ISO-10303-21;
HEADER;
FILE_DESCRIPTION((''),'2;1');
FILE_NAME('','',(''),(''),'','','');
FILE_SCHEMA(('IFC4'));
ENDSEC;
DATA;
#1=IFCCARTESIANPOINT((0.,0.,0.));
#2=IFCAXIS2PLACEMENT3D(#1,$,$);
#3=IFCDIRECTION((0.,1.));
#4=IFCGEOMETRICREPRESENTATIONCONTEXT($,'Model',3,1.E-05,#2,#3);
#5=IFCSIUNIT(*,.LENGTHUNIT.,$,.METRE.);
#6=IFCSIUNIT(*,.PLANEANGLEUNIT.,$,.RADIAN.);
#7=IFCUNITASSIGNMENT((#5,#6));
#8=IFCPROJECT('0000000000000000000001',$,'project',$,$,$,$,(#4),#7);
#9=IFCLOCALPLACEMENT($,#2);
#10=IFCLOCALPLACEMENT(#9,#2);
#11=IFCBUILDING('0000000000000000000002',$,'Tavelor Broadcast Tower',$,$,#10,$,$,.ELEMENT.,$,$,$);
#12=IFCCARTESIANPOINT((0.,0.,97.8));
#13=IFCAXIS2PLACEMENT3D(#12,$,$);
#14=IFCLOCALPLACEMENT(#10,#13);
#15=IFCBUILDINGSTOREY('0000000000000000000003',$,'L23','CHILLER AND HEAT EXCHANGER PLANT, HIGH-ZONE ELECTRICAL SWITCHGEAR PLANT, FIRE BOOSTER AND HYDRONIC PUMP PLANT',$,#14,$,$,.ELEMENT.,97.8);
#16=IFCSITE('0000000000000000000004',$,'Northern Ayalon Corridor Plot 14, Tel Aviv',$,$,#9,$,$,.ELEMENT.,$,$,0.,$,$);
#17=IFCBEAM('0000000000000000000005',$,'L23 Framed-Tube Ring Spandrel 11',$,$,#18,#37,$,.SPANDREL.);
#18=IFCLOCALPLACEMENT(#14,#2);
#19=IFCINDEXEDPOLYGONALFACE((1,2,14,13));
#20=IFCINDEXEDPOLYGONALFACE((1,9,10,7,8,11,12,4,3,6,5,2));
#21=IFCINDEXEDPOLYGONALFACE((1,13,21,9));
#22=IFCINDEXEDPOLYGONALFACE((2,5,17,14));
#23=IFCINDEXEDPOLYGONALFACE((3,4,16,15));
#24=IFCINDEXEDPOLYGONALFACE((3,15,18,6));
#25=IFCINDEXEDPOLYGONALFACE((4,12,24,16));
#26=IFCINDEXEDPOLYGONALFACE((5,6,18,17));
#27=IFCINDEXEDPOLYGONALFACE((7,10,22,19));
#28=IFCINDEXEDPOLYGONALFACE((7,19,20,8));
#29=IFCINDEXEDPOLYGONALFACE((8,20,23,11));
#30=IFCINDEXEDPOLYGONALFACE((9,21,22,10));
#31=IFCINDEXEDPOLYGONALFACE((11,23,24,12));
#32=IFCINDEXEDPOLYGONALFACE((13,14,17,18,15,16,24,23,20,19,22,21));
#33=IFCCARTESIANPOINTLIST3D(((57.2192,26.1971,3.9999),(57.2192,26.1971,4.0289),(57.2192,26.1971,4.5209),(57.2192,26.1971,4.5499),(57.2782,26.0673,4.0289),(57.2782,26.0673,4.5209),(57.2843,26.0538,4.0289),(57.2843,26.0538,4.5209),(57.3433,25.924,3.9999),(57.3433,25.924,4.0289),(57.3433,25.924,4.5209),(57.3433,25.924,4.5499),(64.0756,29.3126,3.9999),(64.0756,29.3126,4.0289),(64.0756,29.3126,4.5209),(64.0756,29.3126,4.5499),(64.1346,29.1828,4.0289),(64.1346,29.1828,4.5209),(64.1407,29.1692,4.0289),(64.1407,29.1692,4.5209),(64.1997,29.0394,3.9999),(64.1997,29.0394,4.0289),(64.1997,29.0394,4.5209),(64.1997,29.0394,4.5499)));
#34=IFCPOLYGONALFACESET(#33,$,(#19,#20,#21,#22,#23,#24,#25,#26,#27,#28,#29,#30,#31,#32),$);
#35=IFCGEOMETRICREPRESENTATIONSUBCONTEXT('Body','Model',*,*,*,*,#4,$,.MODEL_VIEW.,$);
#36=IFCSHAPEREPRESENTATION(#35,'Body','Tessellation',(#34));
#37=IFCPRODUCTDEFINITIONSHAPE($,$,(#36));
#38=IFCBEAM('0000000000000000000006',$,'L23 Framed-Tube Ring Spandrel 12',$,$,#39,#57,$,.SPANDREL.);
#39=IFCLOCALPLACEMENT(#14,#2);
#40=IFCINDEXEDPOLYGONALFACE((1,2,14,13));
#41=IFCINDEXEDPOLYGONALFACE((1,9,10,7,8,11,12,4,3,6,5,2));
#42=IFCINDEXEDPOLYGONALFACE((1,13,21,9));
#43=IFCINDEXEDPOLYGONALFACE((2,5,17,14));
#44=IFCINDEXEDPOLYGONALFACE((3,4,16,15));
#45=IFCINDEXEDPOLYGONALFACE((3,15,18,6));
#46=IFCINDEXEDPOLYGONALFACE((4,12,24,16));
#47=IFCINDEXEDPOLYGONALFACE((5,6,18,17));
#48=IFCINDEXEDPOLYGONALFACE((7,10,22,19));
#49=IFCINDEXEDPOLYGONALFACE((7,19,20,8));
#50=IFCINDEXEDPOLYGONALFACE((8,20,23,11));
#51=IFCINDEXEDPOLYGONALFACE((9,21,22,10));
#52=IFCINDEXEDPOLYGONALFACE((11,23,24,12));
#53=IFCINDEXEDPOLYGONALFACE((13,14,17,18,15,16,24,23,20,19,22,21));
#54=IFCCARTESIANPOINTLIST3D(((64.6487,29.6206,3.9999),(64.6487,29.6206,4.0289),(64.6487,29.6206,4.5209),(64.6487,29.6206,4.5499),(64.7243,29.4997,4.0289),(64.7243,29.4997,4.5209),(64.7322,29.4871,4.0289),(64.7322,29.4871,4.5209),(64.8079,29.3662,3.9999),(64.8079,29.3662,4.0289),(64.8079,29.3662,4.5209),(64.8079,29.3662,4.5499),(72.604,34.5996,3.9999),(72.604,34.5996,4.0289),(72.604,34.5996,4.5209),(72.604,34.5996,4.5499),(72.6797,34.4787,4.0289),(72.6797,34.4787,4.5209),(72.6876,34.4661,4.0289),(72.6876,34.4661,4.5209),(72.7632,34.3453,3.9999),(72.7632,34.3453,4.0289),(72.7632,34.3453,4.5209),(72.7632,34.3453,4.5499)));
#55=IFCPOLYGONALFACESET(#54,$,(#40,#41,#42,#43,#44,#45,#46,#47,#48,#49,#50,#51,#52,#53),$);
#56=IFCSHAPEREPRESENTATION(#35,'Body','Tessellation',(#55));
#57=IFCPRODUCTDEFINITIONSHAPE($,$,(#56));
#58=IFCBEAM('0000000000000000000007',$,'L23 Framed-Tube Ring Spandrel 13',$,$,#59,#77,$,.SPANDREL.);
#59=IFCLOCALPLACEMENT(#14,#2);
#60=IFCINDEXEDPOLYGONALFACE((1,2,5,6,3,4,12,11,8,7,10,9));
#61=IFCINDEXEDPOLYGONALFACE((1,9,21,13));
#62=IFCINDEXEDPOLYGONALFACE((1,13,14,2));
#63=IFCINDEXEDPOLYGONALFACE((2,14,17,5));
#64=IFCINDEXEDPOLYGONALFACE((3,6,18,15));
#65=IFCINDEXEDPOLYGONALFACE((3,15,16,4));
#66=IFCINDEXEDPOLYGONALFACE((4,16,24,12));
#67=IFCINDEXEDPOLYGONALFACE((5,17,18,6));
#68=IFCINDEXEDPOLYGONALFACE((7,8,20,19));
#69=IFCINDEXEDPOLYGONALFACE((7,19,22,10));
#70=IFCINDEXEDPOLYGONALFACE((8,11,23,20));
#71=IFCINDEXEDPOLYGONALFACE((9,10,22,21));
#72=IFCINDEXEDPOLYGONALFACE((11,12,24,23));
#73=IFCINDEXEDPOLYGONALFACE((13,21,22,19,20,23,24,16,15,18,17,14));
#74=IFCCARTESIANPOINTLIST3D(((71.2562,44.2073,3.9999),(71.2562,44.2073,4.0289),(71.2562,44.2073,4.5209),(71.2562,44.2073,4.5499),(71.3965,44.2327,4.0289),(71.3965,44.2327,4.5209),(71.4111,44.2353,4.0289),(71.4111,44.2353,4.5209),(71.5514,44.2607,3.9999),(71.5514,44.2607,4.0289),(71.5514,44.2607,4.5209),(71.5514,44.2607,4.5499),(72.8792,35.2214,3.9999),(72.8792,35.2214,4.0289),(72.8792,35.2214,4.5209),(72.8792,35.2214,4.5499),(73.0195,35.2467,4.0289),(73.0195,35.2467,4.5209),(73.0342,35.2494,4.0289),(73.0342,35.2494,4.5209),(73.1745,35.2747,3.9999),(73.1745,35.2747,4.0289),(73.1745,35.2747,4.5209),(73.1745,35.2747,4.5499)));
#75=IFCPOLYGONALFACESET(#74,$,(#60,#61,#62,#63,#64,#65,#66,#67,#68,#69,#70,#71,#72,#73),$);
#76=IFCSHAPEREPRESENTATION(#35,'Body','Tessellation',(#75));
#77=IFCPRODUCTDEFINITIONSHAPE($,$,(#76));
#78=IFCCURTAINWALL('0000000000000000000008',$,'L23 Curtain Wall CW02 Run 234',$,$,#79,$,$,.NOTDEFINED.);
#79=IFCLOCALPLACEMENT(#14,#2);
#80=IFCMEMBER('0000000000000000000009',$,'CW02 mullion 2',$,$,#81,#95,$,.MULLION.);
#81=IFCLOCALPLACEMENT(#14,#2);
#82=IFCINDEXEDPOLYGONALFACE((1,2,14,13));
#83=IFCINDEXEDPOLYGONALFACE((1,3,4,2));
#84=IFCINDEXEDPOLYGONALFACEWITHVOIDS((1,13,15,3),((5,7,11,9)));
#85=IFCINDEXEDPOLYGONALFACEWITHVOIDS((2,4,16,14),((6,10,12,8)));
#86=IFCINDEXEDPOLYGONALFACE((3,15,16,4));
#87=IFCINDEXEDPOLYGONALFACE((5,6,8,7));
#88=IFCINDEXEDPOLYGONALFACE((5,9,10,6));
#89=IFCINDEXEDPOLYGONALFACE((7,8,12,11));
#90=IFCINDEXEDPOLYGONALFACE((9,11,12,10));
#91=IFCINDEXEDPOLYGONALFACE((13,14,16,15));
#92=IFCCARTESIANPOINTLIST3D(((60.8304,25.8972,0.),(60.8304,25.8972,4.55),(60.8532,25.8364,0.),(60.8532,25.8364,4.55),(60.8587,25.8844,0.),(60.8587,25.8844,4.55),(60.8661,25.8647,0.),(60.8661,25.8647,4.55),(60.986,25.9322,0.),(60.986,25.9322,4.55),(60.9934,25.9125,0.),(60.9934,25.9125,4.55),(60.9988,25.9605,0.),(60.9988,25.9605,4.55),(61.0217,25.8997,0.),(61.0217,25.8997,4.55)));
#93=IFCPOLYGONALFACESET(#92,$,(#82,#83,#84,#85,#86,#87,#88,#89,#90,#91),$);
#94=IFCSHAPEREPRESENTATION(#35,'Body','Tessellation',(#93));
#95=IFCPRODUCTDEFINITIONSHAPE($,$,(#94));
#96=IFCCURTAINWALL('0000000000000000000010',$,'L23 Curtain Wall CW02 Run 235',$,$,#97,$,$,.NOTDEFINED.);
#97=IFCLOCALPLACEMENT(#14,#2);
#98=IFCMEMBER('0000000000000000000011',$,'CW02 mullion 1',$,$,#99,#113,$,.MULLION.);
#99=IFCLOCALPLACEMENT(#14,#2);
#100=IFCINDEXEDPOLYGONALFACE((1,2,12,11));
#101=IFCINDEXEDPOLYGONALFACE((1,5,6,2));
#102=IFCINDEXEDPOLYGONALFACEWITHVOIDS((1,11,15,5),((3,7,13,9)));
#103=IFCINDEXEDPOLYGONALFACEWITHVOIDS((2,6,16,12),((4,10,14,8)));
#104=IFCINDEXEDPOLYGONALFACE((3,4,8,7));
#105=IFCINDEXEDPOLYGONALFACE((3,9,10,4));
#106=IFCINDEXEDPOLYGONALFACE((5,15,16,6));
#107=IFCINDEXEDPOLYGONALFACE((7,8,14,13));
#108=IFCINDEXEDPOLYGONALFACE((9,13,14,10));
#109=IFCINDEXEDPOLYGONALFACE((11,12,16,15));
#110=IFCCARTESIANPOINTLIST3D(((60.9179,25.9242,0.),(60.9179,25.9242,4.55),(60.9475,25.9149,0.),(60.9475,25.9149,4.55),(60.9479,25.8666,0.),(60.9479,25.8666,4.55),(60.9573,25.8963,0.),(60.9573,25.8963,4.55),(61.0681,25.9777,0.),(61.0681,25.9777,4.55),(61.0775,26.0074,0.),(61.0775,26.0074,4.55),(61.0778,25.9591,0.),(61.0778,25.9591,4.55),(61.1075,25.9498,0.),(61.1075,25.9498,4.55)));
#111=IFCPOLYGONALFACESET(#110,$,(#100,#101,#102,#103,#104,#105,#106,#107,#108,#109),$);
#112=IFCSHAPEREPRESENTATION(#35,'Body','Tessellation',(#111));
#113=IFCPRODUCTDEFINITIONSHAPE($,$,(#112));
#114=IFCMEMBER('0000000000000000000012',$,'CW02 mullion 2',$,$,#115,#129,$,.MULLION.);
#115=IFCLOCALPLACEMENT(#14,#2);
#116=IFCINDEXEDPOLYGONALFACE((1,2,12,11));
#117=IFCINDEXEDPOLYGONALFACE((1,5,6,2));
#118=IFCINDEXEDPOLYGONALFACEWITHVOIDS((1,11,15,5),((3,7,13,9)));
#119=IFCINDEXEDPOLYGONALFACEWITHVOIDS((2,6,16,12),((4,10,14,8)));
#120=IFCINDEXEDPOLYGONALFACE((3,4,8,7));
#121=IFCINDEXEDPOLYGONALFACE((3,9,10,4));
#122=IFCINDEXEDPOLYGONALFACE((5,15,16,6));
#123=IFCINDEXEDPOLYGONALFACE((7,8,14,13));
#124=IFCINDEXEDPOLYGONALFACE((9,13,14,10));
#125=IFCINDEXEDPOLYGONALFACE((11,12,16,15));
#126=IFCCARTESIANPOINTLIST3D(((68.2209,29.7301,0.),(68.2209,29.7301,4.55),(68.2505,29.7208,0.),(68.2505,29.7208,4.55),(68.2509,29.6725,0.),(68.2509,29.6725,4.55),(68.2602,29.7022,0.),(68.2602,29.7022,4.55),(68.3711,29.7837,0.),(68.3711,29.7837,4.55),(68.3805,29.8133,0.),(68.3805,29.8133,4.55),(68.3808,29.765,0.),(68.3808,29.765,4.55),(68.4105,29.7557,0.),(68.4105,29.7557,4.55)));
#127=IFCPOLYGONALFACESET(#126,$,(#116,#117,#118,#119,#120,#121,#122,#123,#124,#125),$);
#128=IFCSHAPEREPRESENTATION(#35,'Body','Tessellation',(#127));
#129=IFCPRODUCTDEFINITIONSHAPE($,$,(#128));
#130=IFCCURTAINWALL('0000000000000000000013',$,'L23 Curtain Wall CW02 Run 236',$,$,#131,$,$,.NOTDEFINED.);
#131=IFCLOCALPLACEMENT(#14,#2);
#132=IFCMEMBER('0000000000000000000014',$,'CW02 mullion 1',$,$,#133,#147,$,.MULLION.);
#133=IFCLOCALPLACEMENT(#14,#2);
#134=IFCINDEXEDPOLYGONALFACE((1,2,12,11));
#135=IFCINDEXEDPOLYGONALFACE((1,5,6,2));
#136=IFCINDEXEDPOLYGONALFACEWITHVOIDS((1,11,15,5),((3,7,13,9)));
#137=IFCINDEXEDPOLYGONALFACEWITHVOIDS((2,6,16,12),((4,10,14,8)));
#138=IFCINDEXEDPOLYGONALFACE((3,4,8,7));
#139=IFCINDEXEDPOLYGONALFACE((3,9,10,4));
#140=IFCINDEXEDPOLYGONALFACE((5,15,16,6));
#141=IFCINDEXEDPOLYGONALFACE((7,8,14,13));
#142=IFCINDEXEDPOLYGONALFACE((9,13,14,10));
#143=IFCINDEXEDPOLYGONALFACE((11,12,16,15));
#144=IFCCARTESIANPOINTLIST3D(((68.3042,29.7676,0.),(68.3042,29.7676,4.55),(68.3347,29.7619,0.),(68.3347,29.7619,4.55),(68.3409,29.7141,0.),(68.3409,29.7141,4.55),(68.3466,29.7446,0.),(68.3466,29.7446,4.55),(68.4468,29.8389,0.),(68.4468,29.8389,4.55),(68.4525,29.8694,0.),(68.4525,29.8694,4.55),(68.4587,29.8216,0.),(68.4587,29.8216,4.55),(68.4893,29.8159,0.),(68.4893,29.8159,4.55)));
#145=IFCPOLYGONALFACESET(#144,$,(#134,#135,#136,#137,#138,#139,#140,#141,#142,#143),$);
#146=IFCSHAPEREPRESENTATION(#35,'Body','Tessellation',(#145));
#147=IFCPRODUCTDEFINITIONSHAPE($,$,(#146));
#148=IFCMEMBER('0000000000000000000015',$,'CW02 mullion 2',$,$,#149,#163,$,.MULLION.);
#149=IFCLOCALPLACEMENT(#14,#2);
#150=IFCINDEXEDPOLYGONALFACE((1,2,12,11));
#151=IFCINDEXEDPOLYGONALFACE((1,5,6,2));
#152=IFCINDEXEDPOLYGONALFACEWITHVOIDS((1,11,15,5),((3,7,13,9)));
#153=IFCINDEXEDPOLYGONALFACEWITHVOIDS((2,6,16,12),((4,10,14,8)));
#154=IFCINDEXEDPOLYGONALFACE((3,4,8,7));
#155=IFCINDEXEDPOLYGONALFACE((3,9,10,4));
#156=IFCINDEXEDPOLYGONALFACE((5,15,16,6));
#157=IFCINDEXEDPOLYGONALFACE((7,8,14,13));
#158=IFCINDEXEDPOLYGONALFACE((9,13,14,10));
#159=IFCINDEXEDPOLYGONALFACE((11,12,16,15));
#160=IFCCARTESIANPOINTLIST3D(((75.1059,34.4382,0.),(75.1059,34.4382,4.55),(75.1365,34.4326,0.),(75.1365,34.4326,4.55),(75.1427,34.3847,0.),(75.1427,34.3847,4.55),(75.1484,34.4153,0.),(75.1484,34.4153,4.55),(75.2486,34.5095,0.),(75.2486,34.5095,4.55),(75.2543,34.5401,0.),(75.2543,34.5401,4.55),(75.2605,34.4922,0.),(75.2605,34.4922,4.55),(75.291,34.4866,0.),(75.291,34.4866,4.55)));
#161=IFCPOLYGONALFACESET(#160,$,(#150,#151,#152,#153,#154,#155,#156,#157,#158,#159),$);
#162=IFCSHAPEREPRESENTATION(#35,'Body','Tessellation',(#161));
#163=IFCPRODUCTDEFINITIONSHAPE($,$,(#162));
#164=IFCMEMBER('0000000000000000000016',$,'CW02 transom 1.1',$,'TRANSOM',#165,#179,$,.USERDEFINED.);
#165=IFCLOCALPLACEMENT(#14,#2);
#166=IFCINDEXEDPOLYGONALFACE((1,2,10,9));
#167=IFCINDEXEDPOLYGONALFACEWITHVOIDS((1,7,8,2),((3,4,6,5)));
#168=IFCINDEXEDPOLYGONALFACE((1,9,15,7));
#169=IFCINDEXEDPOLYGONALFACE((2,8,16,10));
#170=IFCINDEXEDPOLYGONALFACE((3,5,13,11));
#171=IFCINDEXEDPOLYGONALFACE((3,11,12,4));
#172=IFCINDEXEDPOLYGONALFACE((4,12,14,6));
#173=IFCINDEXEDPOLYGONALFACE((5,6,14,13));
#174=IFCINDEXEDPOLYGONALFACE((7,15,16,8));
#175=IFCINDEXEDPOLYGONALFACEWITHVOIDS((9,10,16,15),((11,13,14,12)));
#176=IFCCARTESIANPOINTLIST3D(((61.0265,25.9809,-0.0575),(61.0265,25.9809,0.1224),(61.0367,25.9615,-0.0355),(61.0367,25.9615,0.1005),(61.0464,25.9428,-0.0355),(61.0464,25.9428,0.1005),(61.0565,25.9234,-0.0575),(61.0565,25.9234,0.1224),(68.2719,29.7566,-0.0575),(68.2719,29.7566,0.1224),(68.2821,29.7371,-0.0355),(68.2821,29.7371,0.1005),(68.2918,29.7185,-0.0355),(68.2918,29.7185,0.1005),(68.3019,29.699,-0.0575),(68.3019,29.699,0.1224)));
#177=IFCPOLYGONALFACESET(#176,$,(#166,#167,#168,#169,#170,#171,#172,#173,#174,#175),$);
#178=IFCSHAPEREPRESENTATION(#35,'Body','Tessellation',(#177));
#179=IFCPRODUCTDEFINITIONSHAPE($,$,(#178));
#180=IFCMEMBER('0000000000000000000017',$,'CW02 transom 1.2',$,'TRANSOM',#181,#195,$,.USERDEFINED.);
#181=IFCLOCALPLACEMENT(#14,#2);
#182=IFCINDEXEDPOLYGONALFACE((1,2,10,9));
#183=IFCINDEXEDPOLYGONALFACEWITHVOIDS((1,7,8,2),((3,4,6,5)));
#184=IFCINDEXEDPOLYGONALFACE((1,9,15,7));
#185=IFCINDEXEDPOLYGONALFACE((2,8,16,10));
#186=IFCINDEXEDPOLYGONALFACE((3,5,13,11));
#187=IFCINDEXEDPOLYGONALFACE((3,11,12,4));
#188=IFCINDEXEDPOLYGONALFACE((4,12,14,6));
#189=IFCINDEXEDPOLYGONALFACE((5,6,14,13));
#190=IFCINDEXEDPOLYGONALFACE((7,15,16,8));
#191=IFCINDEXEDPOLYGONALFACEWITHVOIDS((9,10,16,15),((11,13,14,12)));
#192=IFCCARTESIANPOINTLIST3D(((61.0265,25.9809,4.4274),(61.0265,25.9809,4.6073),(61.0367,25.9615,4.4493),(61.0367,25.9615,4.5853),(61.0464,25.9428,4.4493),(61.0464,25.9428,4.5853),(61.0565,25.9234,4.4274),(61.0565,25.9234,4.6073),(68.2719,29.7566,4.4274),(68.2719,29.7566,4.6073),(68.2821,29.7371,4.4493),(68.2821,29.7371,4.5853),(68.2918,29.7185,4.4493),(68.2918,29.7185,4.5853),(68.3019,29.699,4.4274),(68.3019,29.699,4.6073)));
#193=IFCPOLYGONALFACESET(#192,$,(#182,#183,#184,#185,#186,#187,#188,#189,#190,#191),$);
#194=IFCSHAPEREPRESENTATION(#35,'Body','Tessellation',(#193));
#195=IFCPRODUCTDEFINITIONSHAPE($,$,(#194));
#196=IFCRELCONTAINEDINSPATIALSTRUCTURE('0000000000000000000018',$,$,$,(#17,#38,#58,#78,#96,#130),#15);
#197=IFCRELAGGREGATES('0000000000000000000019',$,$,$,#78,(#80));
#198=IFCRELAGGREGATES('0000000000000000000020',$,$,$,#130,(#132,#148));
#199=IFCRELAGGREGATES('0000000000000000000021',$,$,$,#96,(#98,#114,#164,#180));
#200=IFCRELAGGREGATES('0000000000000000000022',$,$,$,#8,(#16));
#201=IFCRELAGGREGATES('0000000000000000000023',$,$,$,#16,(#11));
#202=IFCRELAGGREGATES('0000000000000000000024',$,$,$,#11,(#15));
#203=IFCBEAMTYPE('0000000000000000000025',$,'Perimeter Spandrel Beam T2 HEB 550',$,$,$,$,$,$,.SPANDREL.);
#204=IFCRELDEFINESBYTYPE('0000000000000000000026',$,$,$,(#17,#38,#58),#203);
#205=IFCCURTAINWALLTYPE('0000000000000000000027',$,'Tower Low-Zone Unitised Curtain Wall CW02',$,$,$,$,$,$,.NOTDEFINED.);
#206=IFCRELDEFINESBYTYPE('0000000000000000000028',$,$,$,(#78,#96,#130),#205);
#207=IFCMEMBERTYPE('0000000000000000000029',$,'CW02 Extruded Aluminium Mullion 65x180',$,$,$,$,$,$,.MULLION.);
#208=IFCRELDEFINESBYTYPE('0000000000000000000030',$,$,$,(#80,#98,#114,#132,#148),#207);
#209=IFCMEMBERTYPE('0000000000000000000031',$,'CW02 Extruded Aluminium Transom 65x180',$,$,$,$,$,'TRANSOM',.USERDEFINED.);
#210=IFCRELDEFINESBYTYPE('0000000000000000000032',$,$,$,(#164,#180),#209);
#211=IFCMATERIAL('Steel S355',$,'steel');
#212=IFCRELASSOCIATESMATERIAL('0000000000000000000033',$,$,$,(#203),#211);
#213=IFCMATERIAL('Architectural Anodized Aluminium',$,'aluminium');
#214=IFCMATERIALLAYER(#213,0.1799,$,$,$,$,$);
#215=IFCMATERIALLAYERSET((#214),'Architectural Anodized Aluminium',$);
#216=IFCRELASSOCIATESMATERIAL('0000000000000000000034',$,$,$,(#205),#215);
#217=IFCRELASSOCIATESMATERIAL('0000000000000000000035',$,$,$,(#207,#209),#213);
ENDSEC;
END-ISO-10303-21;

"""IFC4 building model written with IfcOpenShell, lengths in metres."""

from ifc_helpers import new_model, si_unit, direction, frame, origin, origin_2d, place, context, subcontext, project, spatial, hollow_rectangle, i_section, extrude, source, transform, mapped, material, layer, layer_set, material_profile, profile_set, type_object, type_shapes, element, aggregate, save


model = new_model("IFC4")

# Units and contexts
model_context = context("Model", 3, precision=1e-05, world=origin(), true_north=direction((0.0, 1.0)))
body_context = subcontext(model_context, "Body", "Model", "MODEL_VIEW")
ifc_project = project(units=[si_unit("LENGTHUNIT", "METRE"), si_unit("PLANEANGLEUNIT", "RADIAN")], contexts=[model_context])

# Site, building, storey
site_placement = place(None, origin())
site = spatial("IfcSite", under=ifc_project, at=site_placement, Name="Northern Ayalon Corridor Plot 14, Tel Aviv", CompositionType="ELEMENT", RefElevation=0.0)
building_placement = place(site_placement, origin())
building = spatial("IfcBuilding", under=site, at=building_placement, Name="Tavelor Broadcast Tower", CompositionType="ELEMENT")
storey_placement = place(building_placement, frame((0.0, 0.0, 97.8)))
storey = spatial("IfcBuildingStorey", under=building, at=storey_placement, Name="L23", Description="CHILLER AND HEAT EXCHANGER PLANT, HIGH-ZONE ELECTRICAL SWITCHGEAR PLANT, FIRE BOOSTER AND HYDRONIC PUMP PLANT", CompositionType="ELEMENT", Elevation=97.8)

# Beams
ifc_material_1 = material(Name="Steel S355", Category="steel")
ifc_material_profile_1 = material_profile(ifc_material_1, i_section(OverallWidth=0.3, OverallDepth=0.55, WebThickness=0.0149, FlangeThickness=0.0291, at=origin_2d()), Name="HEB 550")
ifc_profile_set_1 = profile_set([ifc_material_profile_1], Name="Steel S355")
beam_type_1 = type_object("IfcBeamType", Name="Perimeter Spandrel Beam T2 HEB 550", PredefinedType="SPANDREL", material=ifc_profile_set_1)
beam_1_placement = place(storey_placement, frame((57.2812, 26.0605, 4.2749), z_axis=(0.910421, 0.413683, 0.0), x_axis=(-0.413683, 0.910421, 0.0)))
element("IfcBeam", 1, at=beam_1_placement, inside=storey, type_object=beam_type_1, Name="L23 Framed-Tube Ring Spandrel 11", PredefinedType="SPANDREL", context=body_context, shape_type="SweptSolid", body=[
    extrude(i_section(OverallWidth=0.3, OverallDepth=0.55, WebThickness=0.0149, FlangeThickness=0.0291, at=origin_2d()), origin(), (0.0, 0.0, 1.0), 7.531),
])
beam_2_placement = place(storey_placement, frame((64.7283, 29.4934, 4.2749), z_axis=(0.847666, 0.53053, 0.0), x_axis=(-0.53053, 0.847666, 0.0)))
element("IfcBeam", 2, at=beam_2_placement, inside=storey, type_object=beam_type_1, Name="L23 Framed-Tube Ring Spandrel 12", PredefinedType="SPANDREL", context=body_context, shape_type="SweptSolid", body=[
    extrude(i_section(OverallWidth=0.3, OverallDepth=0.55, WebThickness=0.0149, FlangeThickness=0.0291, at=origin_2d()), origin(), (0.0, 0.0, 1.0), 9.385),
])
beam_3_placement = place(storey_placement, frame((73.0269, 35.248, 4.2749), z_axis=(-0.177747, 0.984076, 0.0), x_axis=(-0.984076, -0.177747, 0.0)))
element("IfcBeam", 3, at=beam_3_placement, inside=storey, type_object=beam_type_1, Name="L23 Framed-Tube Ring Spandrel 13", PredefinedType="SPANDREL", context=body_context, shape_type="SweptSolid", body=[
    extrude(i_section(OverallWidth=0.3, OverallDepth=0.55, WebThickness=0.0149, FlangeThickness=0.0291, at=origin_2d()), origin(), (0.0, 0.0, 1.0), 9.1313),
])

# Curtain wall, member
ifc_material_2 = material(Name="Architectural Anodized Aluminium", Category="aluminium")
ifc_layer_1 = layer(ifc_material_2, 0.1799)
ifc_layer_set_1 = layer_set([ifc_layer_1], Name="Architectural Anodized Aluminium")
curtain_wall_type = type_object("IfcCurtainWallType", Name="Tower Low-Zone Unitised Curtain Wall CW02", PredefinedType="NOTDEFINED", material=ifc_layer_set_1)
curtain_wall_1_placement = place(storey_placement, origin())
curtain_wall_1 = element("IfcCurtainWall", 4, at=curtain_wall_1_placement, inside=storey, type_object=curtain_wall_type, Name="L23 Curtain Wall CW02 Run 234", PredefinedType="NOTDEFINED")
ifc_material_profile_2 = material_profile(ifc_material_2, hollow_rectangle(XDim=0.0649, YDim=0.1799, WallThickness=0.022, at=origin_2d()), Name="RHS 65x180x22")
ifc_profile_set_2 = profile_set([ifc_material_profile_2], Name="Architectural Anodized Aluminium")
member_type_1 = type_object("IfcMemberType", Name="CW02 Extruded Aluminium Mullion 65x180", PredefinedType="MULLION", material=ifc_profile_set_2)
shared_shape_1 = source(origin(), body_context, "Body", "SweptSolid", [
    extrude(hollow_rectangle(XDim=0.0649, YDim=0.1799, WallThickness=0.022, at=origin_2d()), origin(), (0.0, 0.0, 1.0), 4.55),
])
type_shapes(member_type_1, [shared_shape_1])
member_1_placement = place(storey_placement, frame((60.926, 25.8984, 0.0), z_axis=(0.0, 0.0, 1.0), x_axis=(-0.351443, 0.936209, 0.0)))
member_1 = element("IfcMember", 5, at=member_1_placement, type_object=member_type_1, Name="CW02 mullion 2", PredefinedType="MULLION", context=body_context, shape_type="MappedRepresentation", body=[
    mapped(shared_shape_1, transform((0.0, 0.0, 0.0), scale=1.0)),
])
aggregate(curtain_wall_1, [member_1])

# Curtain walls, members
curtain_wall_2_placement = place(storey_placement, origin())
curtain_wall_2 = element("IfcCurtainWall", 6, at=curtain_wall_2_placement, inside=storey, type_object=curtain_wall_type, Name="L23 Curtain Wall CW02 Run 235", PredefinedType="NOTDEFINED")
member_2_placement = place(storey_placement, frame((61.0127, 25.937, 0.0), z_axis=(0.0, 0.0, 1.0), x_axis=(-0.462139, 0.886808, 0.0)))
member_2 = element("IfcMember", 7, at=member_2_placement, type_object=member_type_1, Name="CW02 mullion 1", PredefinedType="MULLION", context=body_context, shape_type="MappedRepresentation", body=[
    mapped(shared_shape_1, transform((0.0, 0.0, 0.0), scale=1.0)),
])
member_3_placement = place(storey_placement, frame((68.3157, 29.7429, 0.0), z_axis=(0.0, 0.0, 1.0), x_axis=(-0.462139, 0.886808, 0.0)))
member_3 = element("IfcMember", 8, at=member_3_placement, type_object=member_type_1, Name="CW02 mullion 2", PredefinedType="MULLION", context=body_context, shape_type="MappedRepresentation", body=[
    mapped(shared_shape_1, transform((0.0, 0.0, 0.0), scale=1.0)),
])
curtain_wall_3_placement = place(storey_placement, origin())
curtain_wall_3 = element("IfcCurtainWall", 9, at=curtain_wall_3_placement, inside=storey, type_object=curtain_wall_type, Name="L23 Curtain Wall CW02 Run 236", PredefinedType="NOTDEFINED")
member_4_placement = place(storey_placement, frame((68.3967, 29.7917, 0.0), z_axis=(0.0, 0.0, 1.0), x_axis=(-0.56607, 0.824357, 0.0)))
member_4 = element("IfcMember", 10, at=member_4_placement, type_object=member_type_1, Name="CW02 mullion 1", PredefinedType="MULLION", context=body_context, shape_type="MappedRepresentation", body=[
    mapped(shared_shape_1, transform((0.0, 0.0, 0.0), scale=1.0)),
])
member_5_placement = place(storey_placement, frame((75.1985, 34.4624, 0.0), z_axis=(0.0, 0.0, 1.0), x_axis=(-0.56607, 0.824357, 0.0)))
member_5 = element("IfcMember", 11, at=member_5_placement, type_object=member_type_1, Name="CW02 mullion 2", PredefinedType="MULLION", context=body_context, shape_type="MappedRepresentation", body=[
    mapped(shared_shape_1, transform((0.0, 0.0, 0.0), scale=1.0)),
])

# Members
ifc_material_profile_3 = material_profile(ifc_material_2, hollow_rectangle(XDim=0.0649, YDim=0.1799, WallThickness=0.022, at=origin_2d()), Name="RHS 65x180x22")
ifc_profile_set_3 = profile_set([ifc_material_profile_3], Name="Architectural Anodized Aluminium")
member_type_2 = type_object("IfcMemberType", Name="CW02 Extruded Aluminium Transom 65x180", ElementType="TRANSOM", PredefinedType="USERDEFINED", material=ifc_profile_set_3)
shared_shape_2 = source(origin(), body_context, "Body", "SweptSolid", [
    extrude(hollow_rectangle(XDim=0.0649, YDim=0.1799, WallThickness=0.022, at=origin_2d()), origin(), (0.0, 0.0, 1.0), 8.1702),
])
member_6_placement = place(storey_placement, frame((61.0415, 25.9521, 0.0325), z_axis=(0.886813, 0.462128, 0.0), x_axis=(-0.462128, 0.886813, 0.0)))
member_6 = element("IfcMember", 12, at=member_6_placement, type_object=member_type_2, Name="CW02 transom 1.1", ObjectType="TRANSOM", PredefinedType="USERDEFINED", context=body_context, shape_type="MappedRepresentation", body=[
    mapped(shared_shape_2, transform((0.0, 0.0, 0.0), scale=1.0)),
])
member_7_placement = place(storey_placement, frame((61.0415, 25.9521, 4.5173), z_axis=(0.886813, 0.462128, 0.0), x_axis=(-0.462128, 0.886813, 0.0)))
member_7 = element("IfcMember", 13, at=member_7_placement, type_object=member_type_2, Name="CW02 transom 1.2", ObjectType="TRANSOM", PredefinedType="USERDEFINED", context=body_context, shape_type="MappedRepresentation", body=[
    mapped(shared_shape_2, transform((0.0, 0.0, 0.0), scale=1.0)),
])

aggregate(curtain_wall_3, [member_4, member_5])
aggregate(curtain_wall_2, [member_2, member_3, member_6, member_7])

save(model, "model.ifc")
